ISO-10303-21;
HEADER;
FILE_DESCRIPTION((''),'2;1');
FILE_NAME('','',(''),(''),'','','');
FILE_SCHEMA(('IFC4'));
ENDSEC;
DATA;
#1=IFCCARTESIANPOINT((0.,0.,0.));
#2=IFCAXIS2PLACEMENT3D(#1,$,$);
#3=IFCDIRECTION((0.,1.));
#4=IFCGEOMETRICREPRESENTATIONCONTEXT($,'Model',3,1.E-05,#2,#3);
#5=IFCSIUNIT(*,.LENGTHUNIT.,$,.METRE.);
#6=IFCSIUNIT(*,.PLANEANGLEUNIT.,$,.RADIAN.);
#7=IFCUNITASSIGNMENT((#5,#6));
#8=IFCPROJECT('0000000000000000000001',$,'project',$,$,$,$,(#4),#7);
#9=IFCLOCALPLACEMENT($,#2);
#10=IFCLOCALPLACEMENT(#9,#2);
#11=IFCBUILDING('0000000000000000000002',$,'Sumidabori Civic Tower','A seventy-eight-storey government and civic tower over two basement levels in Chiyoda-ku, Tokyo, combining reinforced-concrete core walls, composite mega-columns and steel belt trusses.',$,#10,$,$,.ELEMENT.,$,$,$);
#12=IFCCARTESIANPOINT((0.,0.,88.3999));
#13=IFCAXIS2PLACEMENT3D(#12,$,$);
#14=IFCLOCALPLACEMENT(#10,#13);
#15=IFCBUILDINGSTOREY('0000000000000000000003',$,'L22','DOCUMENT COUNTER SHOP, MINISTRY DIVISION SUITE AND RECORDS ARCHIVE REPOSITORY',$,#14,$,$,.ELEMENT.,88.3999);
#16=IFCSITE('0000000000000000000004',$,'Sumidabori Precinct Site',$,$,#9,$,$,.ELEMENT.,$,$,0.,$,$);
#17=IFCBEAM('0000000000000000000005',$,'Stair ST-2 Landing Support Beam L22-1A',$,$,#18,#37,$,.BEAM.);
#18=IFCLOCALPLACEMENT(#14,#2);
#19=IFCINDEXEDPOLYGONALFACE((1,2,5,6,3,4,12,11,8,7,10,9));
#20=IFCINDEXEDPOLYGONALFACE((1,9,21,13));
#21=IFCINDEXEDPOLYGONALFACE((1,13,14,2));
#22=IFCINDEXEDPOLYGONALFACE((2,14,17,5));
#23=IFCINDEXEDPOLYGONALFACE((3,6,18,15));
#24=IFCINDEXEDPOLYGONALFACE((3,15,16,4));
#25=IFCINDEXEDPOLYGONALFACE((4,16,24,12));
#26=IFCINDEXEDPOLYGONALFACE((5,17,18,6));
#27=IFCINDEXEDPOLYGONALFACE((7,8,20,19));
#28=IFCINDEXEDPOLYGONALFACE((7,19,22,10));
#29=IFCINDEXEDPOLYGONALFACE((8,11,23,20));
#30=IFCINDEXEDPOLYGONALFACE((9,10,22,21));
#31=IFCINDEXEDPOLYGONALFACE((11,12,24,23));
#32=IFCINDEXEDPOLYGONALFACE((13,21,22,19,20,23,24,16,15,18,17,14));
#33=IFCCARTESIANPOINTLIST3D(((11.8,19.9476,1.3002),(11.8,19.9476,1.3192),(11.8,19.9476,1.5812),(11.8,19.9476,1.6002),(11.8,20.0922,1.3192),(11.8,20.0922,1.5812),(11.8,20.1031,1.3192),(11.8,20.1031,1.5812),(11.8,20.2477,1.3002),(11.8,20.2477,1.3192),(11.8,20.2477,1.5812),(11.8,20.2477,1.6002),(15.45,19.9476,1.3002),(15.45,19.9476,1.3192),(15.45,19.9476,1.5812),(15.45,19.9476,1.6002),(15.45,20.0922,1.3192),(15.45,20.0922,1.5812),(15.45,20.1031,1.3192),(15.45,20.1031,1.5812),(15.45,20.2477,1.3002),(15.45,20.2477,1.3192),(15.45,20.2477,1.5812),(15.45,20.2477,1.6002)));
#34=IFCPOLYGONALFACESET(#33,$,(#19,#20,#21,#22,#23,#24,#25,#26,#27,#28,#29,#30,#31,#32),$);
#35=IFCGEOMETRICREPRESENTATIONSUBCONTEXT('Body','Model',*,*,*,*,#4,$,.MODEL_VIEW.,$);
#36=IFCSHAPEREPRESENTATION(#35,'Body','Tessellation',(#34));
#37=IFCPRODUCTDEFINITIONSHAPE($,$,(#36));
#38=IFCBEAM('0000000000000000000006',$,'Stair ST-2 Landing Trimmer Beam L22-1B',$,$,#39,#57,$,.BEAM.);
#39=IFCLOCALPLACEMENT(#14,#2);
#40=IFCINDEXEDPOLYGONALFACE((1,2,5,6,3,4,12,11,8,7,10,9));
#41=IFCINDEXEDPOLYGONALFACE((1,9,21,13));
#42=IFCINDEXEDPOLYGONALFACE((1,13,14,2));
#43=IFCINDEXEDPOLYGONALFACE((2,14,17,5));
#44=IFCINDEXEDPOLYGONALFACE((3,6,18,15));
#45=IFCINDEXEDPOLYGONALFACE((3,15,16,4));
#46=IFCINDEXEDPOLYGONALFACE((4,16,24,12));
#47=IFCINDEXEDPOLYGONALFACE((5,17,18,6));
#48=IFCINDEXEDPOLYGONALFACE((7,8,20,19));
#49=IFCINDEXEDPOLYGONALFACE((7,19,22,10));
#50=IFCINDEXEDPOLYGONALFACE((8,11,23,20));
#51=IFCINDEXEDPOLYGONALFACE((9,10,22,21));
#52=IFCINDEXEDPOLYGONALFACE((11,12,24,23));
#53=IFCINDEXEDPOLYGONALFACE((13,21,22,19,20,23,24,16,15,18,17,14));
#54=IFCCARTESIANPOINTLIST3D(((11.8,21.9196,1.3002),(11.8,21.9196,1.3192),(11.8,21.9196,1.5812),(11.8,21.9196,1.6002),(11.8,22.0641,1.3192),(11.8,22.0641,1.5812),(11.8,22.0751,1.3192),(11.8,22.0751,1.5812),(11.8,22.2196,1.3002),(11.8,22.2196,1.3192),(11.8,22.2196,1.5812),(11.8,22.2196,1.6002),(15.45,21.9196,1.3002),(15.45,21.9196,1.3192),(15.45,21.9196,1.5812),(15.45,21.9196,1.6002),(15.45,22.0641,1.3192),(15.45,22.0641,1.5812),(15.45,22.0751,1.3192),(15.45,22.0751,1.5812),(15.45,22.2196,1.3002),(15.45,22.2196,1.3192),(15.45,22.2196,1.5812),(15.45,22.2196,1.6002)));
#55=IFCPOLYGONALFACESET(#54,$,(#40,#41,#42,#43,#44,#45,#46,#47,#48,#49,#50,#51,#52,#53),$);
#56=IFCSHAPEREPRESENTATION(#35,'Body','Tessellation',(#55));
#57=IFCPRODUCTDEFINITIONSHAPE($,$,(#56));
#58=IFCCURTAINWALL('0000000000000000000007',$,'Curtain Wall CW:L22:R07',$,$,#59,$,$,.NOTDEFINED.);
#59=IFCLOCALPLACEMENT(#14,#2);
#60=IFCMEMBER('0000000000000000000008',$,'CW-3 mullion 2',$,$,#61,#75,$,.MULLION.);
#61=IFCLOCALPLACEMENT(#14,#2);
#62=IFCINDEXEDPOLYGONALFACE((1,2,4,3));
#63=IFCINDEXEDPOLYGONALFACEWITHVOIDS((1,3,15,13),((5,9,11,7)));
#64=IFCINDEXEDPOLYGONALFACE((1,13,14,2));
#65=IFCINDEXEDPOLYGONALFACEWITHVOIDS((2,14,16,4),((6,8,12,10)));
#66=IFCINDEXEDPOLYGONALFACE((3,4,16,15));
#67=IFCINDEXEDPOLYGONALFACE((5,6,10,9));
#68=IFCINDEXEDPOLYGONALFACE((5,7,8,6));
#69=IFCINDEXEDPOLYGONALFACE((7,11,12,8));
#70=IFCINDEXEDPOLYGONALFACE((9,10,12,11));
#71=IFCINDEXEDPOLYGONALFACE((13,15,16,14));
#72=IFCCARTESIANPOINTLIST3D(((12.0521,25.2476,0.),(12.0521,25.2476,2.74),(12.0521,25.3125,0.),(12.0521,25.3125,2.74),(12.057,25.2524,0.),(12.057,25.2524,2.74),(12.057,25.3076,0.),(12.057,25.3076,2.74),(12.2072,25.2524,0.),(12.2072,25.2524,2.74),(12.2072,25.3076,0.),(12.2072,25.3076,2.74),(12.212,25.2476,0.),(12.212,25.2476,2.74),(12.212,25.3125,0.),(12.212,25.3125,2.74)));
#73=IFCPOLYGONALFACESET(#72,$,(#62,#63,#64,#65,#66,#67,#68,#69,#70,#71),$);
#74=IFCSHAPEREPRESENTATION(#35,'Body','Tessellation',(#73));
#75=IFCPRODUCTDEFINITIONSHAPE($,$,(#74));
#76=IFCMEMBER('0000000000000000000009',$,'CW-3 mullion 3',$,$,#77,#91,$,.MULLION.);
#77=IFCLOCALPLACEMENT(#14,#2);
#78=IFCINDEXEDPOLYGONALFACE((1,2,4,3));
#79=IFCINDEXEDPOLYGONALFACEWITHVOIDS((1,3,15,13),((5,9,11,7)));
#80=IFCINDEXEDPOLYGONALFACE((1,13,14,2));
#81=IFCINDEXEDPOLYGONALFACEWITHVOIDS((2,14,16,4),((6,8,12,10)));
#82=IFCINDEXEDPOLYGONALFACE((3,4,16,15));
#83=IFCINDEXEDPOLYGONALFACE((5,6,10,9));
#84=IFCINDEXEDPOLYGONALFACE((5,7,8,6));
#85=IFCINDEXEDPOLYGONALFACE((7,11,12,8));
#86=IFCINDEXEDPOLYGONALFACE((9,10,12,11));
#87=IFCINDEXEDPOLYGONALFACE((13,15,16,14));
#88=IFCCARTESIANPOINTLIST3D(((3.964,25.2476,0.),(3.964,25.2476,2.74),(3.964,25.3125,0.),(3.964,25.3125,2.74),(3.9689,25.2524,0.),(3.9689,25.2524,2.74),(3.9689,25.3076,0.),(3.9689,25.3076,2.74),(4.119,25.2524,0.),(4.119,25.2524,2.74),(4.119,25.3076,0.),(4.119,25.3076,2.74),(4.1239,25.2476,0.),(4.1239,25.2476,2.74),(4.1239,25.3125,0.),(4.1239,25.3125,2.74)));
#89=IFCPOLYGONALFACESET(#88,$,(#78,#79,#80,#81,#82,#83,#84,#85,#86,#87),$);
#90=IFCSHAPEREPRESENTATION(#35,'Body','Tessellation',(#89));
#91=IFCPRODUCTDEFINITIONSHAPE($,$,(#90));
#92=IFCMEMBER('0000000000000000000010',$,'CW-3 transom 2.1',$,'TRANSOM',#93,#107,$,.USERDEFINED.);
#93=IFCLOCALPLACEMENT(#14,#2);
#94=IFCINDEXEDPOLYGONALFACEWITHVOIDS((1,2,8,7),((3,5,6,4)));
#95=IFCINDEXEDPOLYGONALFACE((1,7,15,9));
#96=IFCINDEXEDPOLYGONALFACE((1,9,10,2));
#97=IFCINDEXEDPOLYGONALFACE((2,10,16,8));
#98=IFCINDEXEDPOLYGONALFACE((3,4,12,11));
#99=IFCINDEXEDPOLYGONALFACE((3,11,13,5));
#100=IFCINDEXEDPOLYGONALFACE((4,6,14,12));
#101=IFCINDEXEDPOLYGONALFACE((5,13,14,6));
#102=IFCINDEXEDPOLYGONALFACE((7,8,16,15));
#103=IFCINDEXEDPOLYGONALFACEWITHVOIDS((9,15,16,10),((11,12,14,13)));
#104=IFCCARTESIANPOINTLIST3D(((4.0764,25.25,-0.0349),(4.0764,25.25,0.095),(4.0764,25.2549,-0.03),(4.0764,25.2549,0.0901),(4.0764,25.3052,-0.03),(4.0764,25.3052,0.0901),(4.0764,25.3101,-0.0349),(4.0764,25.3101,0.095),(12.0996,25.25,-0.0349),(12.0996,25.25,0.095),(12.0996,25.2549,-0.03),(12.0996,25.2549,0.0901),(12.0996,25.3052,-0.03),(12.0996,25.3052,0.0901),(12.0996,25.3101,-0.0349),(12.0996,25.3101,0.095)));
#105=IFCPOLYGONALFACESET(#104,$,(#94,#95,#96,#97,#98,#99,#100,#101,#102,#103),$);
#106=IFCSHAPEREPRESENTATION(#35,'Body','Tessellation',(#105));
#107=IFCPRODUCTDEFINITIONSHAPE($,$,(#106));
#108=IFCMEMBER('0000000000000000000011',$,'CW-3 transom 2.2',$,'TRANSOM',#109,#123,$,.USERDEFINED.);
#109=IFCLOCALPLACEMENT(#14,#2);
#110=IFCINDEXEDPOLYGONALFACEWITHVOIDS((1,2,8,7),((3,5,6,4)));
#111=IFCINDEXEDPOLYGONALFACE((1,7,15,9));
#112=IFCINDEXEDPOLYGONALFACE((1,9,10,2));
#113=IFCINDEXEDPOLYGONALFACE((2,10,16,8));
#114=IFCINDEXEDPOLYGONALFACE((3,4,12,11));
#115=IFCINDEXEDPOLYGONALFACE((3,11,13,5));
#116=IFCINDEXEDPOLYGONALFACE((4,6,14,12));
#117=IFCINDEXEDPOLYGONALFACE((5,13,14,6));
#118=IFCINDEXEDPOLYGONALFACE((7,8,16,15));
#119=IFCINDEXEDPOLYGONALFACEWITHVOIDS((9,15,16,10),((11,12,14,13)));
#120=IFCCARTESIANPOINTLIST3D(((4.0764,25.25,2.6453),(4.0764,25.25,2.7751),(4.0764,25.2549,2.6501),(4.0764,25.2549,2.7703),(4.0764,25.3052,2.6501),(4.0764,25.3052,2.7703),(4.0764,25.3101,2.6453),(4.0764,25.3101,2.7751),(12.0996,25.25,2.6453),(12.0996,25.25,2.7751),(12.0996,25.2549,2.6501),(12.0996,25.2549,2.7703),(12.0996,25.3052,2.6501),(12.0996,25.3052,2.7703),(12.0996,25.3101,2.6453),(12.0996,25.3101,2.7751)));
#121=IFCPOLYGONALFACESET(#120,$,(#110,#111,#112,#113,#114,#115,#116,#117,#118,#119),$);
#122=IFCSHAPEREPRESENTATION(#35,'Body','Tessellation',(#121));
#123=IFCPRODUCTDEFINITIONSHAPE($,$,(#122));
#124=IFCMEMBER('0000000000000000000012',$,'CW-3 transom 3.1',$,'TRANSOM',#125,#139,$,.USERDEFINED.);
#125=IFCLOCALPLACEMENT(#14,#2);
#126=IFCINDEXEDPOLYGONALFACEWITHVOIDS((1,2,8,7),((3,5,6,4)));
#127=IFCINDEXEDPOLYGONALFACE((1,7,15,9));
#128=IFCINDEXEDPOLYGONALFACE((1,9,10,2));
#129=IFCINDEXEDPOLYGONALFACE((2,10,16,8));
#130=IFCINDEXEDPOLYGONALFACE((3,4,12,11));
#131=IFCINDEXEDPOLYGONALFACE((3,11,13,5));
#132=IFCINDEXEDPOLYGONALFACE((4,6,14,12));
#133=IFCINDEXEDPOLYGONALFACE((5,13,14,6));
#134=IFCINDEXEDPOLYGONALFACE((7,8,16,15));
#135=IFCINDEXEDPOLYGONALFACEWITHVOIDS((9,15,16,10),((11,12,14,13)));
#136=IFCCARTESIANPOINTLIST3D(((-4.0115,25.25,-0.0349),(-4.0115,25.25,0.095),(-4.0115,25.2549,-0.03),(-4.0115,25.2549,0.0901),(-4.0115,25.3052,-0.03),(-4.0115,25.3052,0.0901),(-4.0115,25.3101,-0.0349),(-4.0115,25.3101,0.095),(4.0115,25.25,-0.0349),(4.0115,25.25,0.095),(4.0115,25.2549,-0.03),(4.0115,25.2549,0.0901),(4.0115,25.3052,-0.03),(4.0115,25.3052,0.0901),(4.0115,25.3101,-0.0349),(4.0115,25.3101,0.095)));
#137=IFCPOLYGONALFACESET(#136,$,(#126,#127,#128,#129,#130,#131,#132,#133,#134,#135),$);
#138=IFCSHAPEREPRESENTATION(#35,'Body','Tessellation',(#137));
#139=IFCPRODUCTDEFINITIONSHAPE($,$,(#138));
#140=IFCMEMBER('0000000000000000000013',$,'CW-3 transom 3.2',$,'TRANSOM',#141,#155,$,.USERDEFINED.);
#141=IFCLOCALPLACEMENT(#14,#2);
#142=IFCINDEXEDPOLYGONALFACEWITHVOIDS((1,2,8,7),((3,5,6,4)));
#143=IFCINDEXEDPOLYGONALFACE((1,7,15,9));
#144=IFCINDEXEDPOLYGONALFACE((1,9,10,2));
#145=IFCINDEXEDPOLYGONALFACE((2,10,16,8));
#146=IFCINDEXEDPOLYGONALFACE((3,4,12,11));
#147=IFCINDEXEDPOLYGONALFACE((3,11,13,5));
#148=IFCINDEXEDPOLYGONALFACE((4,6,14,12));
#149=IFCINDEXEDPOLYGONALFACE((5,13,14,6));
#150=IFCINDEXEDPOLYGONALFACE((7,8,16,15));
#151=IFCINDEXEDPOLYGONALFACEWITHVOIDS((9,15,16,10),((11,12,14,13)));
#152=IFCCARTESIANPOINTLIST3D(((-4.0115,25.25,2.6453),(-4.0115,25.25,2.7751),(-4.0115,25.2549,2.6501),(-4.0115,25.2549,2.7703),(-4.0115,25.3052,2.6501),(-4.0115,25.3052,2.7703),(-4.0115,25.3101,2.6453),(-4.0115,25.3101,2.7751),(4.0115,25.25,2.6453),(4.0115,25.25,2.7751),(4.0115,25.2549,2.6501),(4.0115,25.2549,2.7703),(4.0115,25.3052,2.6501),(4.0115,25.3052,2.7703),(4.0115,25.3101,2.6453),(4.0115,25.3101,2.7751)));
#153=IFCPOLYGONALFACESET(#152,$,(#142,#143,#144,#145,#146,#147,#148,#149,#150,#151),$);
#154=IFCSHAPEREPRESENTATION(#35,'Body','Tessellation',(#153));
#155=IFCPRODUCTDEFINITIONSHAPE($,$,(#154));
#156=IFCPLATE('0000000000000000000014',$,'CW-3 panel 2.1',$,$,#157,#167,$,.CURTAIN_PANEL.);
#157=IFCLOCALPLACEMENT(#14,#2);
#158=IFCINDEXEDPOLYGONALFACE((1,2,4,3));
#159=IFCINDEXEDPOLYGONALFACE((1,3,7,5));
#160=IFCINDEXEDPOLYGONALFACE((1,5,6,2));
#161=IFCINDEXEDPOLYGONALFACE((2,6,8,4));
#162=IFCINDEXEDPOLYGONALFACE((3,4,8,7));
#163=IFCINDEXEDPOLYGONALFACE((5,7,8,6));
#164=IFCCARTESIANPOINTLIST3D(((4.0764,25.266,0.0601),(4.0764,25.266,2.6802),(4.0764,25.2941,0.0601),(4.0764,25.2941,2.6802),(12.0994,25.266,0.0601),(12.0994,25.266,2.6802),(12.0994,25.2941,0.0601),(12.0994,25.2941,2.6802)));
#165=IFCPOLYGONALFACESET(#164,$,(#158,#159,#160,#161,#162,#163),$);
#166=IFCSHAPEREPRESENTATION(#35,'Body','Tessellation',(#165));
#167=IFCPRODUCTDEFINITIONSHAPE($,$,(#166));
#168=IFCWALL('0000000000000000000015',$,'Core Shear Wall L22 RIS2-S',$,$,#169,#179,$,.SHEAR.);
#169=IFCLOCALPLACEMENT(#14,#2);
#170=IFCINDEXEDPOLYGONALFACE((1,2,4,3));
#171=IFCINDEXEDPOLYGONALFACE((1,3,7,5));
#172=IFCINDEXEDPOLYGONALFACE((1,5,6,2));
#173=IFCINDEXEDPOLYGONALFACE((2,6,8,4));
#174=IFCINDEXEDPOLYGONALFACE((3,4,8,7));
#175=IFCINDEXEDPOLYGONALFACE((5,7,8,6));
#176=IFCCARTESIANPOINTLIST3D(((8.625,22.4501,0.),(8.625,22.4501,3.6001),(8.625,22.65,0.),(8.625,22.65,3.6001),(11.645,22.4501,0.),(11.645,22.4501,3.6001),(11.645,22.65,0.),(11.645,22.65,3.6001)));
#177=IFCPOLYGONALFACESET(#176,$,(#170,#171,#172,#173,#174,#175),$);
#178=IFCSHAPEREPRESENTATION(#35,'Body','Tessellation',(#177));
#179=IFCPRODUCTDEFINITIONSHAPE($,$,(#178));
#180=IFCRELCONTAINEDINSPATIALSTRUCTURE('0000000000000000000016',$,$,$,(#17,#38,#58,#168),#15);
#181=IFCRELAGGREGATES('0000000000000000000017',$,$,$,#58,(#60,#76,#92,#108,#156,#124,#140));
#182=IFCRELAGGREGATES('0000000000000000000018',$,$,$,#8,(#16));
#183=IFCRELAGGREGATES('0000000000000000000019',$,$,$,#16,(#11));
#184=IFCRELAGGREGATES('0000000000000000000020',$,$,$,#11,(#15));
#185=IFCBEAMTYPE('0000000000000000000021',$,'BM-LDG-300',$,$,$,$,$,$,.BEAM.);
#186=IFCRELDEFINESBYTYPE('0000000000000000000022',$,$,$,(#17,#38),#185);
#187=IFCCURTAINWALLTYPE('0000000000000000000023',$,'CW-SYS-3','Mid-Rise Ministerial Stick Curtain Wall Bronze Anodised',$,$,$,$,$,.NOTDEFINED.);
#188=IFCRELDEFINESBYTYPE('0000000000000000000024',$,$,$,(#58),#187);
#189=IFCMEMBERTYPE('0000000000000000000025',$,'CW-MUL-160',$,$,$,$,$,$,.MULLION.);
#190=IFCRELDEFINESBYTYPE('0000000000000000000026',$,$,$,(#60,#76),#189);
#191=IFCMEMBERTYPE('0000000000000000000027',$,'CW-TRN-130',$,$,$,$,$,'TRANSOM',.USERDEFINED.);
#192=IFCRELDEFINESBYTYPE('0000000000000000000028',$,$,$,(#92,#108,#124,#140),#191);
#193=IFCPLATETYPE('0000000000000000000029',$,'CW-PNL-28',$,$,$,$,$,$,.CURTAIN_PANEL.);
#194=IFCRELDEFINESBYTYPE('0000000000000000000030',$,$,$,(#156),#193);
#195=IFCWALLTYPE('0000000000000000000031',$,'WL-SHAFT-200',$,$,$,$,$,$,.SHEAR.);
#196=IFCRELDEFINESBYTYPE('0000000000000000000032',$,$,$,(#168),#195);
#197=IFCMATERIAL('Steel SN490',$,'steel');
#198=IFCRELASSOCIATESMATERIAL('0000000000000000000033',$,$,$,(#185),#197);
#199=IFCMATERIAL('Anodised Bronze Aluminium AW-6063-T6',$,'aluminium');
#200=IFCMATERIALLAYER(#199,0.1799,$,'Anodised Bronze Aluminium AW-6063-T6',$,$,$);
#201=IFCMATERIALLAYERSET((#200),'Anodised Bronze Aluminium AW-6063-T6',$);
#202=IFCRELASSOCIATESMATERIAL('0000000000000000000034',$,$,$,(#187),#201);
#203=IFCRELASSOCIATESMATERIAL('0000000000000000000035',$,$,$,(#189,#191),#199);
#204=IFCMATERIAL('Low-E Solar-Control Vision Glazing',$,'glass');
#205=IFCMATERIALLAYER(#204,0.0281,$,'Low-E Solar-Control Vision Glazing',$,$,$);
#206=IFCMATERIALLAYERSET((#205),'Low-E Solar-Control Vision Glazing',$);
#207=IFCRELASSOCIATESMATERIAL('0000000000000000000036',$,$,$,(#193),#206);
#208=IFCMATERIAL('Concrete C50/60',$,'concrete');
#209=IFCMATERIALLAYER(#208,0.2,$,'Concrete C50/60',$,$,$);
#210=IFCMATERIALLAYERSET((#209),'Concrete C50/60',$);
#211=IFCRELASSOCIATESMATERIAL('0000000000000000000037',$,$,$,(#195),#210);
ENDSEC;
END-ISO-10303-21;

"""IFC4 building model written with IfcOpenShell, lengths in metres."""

from ifc_helpers import new_model, si_unit, direction, frame, frame_2d, origin, origin_2d, place, context, subcontext, project, spatial, rectangle, hollow_rectangle, i_section, extrude, source, transform, mapped, material, layer, layer_set, material_profile, profile_set, type_object, element, aggregate, save


model = new_model("IFC4")

# Units and contexts
model_context = context("Model", 3, precision=1e-05, world=origin(), true_north=direction((0.0, 1.0)))
body_context = subcontext(model_context, "Body", "Model", "MODEL_VIEW")
ifc_project = project(units=[si_unit("LENGTHUNIT", "METRE"), si_unit("PLANEANGLEUNIT", "RADIAN")], contexts=[model_context])

# Site, building, storey
site_placement = place(None, origin())
site = spatial("IfcSite", under=ifc_project, at=site_placement, Name="Sumidabori Precinct Site", CompositionType="ELEMENT", RefElevation=0.0)
building_placement = place(site_placement, origin())
building = spatial("IfcBuilding", under=site, at=building_placement, Name="Sumidabori Civic Tower", Description="A seventy-eight-storey government and civic tower over two basement levels in Chiyoda-ku, Tokyo, combining reinforced-concrete core walls, composite mega-columns and steel belt trusses.", CompositionType="ELEMENT")
storey_placement = place(building_placement, frame((0.0, 0.0, 88.3999)))
storey = spatial("IfcBuildingStorey", under=building, at=storey_placement, Name="L22", Description="DOCUMENT COUNTER SHOP, MINISTRY DIVISION SUITE AND RECORDS ARCHIVE REPOSITORY", CompositionType="ELEMENT", Elevation=88.3999)

# Beams
ifc_material_1 = material(Name="Steel SN490", Category="steel")
ifc_material_profile_1 = material_profile(ifc_material_1, i_section(OverallWidth=0.3, OverallDepth=0.3, WebThickness=0.011, FlangeThickness=0.019, at=origin_2d()), Name="HE 300 B")
ifc_profile_set_1 = profile_set([ifc_material_profile_1], Name="Steel SN490")
beam_type = type_object("IfcBeamType", Name="BM-LDG-300", PredefinedType="BEAM", material=ifc_profile_set_1)
shared_shape_1 = source(origin(), body_context, "Body", "SweptSolid", [
    extrude(i_section(OverallWidth=0.3, OverallDepth=0.3, WebThickness=0.011, FlangeThickness=0.019, at=origin_2d()), origin(), (0.0, 0.0, 1.0), 3.6499),
])
for number, where, z_axis, x_axis, name in (
    (1, (11.8, 20.0977, 1.4502), (1.0, 0.0, 0.0), (0.0, 1.0, 0.0), "Stair ST-2 Landing Support Beam L22-1A"),
    (2, (11.8, 22.0696, 1.4502), (1.0, 0.0, 0.0), (0.0, 1.0, 0.0), "Stair ST-2 Landing Trimmer Beam L22-1B"),
):
    element("IfcBeam", number, at=place(storey_placement, frame(where, z_axis=z_axis, x_axis=x_axis)), inside=storey, type_object=beam_type, Name=name, PredefinedType="BEAM", context=body_context, shape_type="MappedRepresentation", body=[
        mapped(shared_shape_1, transform((0.0, 0.0, 0.0), x_axis=(1.0, 0.0, 0.0), y_axis=(0.0, 1.0, 0.0), z_axis=(0.0, 0.0, 1.0), scale=1.0)),
    ])

# Curtain wall, members, plate
ifc_material_2 = material(Name="Anodised Bronze Aluminium AW-6063-T6", Category="aluminium")
ifc_layer_1 = layer(ifc_material_2, 0.1799, Name="Anodised Bronze Aluminium AW-6063-T6")
ifc_layer_set_1 = layer_set([ifc_layer_1], Name="Anodised Bronze Aluminium AW-6063-T6")
curtain_wall_type = type_object("IfcCurtainWallType", Name="CW-SYS-3", Description="Mid-Rise Ministerial Stick Curtain Wall Bronze Anodised", PredefinedType="NOTDEFINED", material=ifc_layer_set_1)
curtain_wall_placement = place(storey_placement, origin())
curtain_wall = element("IfcCurtainWall", 3, at=curtain_wall_placement, inside=storey, type_object=curtain_wall_type, Name="Curtain Wall CW:L22:R07", PredefinedType="NOTDEFINED")
ifc_material_profile_2 = material_profile(ifc_material_2, hollow_rectangle(XDim=0.0649, YDim=0.1599, WallThickness=0.0049, at=origin_2d()), Name="ALU MULLION 160x65")
ifc_profile_set_2 = profile_set([ifc_material_profile_2], Name="Anodised Bronze Aluminium AW-6063-T6")
member_type_1 = type_object("IfcMemberType", Name="CW-MUL-160", PredefinedType="MULLION", material=ifc_profile_set_2)
shared_shape_2 = source(origin(), body_context, "Body", "SweptSolid", [
    extrude(hollow_rectangle(XDim=0.0649, YDim=0.1599, WallThickness=0.0049, at=origin_2d()), origin(), (0.0, 0.0, 1.0), 2.74),
])
member_1_placement = place(storey_placement, frame((12.1321, 25.28, 0.0), z_axis=(0.0, 0.0, 1.0), x_axis=(0.0, -1.0, 0.0)))
member_1 = element("IfcMember", 4, at=member_1_placement, type_object=member_type_1, Name="CW-3 mullion 2", PredefinedType="MULLION", context=body_context, shape_type="MappedRepresentation", body=[
    mapped(shared_shape_2, transform((0.0, 0.0, 0.0), x_axis=(1.0, 0.0, 0.0), y_axis=(0.0, 1.0, 0.0), z_axis=(0.0, 0.0, 1.0), scale=1.0)),
])
member_2_placement = place(storey_placement, frame((4.0439, 25.28, 0.0), z_axis=(0.0, 0.0, 1.0), x_axis=(0.0, -1.0, 0.0)))
member_2 = element("IfcMember", 5, at=member_2_placement, type_object=member_type_1, Name="CW-3 mullion 3", PredefinedType="MULLION", context=body_context, shape_type="MappedRepresentation", body=[
    mapped(shared_shape_2, transform((0.0, 0.0, 0.0), x_axis=(1.0, 0.0, 0.0), y_axis=(0.0, 1.0, 0.0), z_axis=(0.0, 0.0, 1.0), scale=1.0)),
])
ifc_material_profile_3 = material_profile(ifc_material_2, hollow_rectangle(XDim=0.0601, YDim=0.1299, WallThickness=0.0049, at=origin_2d()), Name="ALU TRANSOM 130x60")
ifc_profile_set_3 = profile_set([ifc_material_profile_3], Name="Anodised Bronze Aluminium AW-6063-T6")
member_type_2 = type_object("IfcMemberType", Name="CW-TRN-130", ElementType="TRANSOM", PredefinedType="USERDEFINED", material=ifc_profile_set_3)
shared_shape_3 = source(origin(), body_context, "Body", "SweptSolid", [
    extrude(hollow_rectangle(XDim=0.0601, YDim=0.1299, WallThickness=0.0049, at=origin_2d()), origin(), (0.0, 0.0, 1.0), 8.0232),
])
member_3_placement = place(storey_placement, frame((12.0996, 25.28, 0.03), z_axis=(-1.0, 0.0, 0.0), x_axis=(0.0, -1.0, 0.0)))
member_3 = element("IfcMember", 6, at=member_3_placement, type_object=member_type_2, Name="CW-3 transom 2.1", ObjectType="TRANSOM", PredefinedType="USERDEFINED", context=body_context, shape_type="MappedRepresentation", body=[
    mapped(shared_shape_3, transform((0.0, 0.0, 0.0), x_axis=(1.0, 0.0, 0.0), y_axis=(0.0, 1.0, 0.0), z_axis=(0.0, 0.0, 1.0), scale=1.0)),
])
member_4_placement = place(storey_placement, frame((12.0996, 25.28, 2.7102), z_axis=(-1.0, 0.0, 0.0), x_axis=(0.0, -1.0, 0.0)))
member_4 = element("IfcMember", 7, at=member_4_placement, type_object=member_type_2, Name="CW-3 transom 2.2", ObjectType="TRANSOM", PredefinedType="USERDEFINED", context=body_context, shape_type="MappedRepresentation", body=[
    mapped(shared_shape_3, transform((0.0, 0.0, 0.0), x_axis=(1.0, 0.0, 0.0), y_axis=(0.0, 1.0, 0.0), z_axis=(0.0, 0.0, 1.0), scale=1.0)),
])
shared_shape_4 = source(origin(), body_context, "Body", "SweptSolid", [
    extrude(hollow_rectangle(XDim=0.0601, YDim=0.1299, WallThickness=0.0049, at=origin_2d()), origin(), (0.0, 0.0, 1.0), 8.0229),
])
member_5_placement = place(storey_placement, frame((4.0115, 25.28, 0.03), z_axis=(-1.0, 0.0, 0.0), x_axis=(0.0, -1.0, 0.0)))
member_5 = element("IfcMember", 8, at=member_5_placement, type_object=member_type_2, Name="CW-3 transom 3.1", ObjectType="TRANSOM", PredefinedType="USERDEFINED", context=body_context, shape_type="MappedRepresentation", body=[
    mapped(shared_shape_4, transform((0.0, 0.0, 0.0), x_axis=(1.0, 0.0, 0.0), y_axis=(0.0, 1.0, 0.0), z_axis=(0.0, 0.0, 1.0), scale=1.0)),
])
member_6_placement = place(storey_placement, frame((4.0115, 25.28, 2.7102), z_axis=(-1.0, 0.0, 0.0), x_axis=(0.0, -1.0, 0.0)))
member_6 = element("IfcMember", 9, at=member_6_placement, type_object=member_type_2, Name="CW-3 transom 3.2", ObjectType="TRANSOM", PredefinedType="USERDEFINED", context=body_context, shape_type="MappedRepresentation", body=[
    mapped(shared_shape_4, transform((0.0, 0.0, 0.0), x_axis=(1.0, 0.0, 0.0), y_axis=(0.0, 1.0, 0.0), z_axis=(0.0, 0.0, 1.0), scale=1.0)),
])
ifc_material_3 = material(Name="Low-E Solar-Control Vision Glazing", Category="glass")
ifc_layer_2 = layer(ifc_material_3, 0.0281, Name="Low-E Solar-Control Vision Glazing")
ifc_layer_set_2 = layer_set([ifc_layer_2], Name="Low-E Solar-Control Vision Glazing")
plate_type = type_object("IfcPlateType", Name="CW-PNL-28", PredefinedType="CURTAIN_PANEL", material=ifc_layer_set_2)
shared_shape_5 = source(origin(), body_context, "Body", "SweptSolid", [
    extrude(rectangle(XDim=8.0229, YDim=0.0281, at=origin_2d()), origin(), (0.0, 0.0, 1.0), 2.6201),
])
plate_placement = place(storey_placement, frame((8.0879, 25.28, 0.0601), z_axis=(0.0, 0.0, 1.0), x_axis=(-1.0, 0.0, 0.0)))
plate = element("IfcPlate", 10, at=plate_placement, type_object=plate_type, Name="CW-3 panel 2.1", PredefinedType="CURTAIN_PANEL", context=body_context, shape_type="MappedRepresentation", body=[
    mapped(shared_shape_5, transform((0.0, 0.0, 0.0), x_axis=(1.0, 0.0, 0.0), y_axis=(0.0, 1.0, 0.0), z_axis=(0.0, 0.0, 1.0), scale=1.0)),
])
aggregate(curtain_wall, [member_1, member_2, member_3, member_4, plate, member_5, member_6])

# Wall
ifc_material_4 = material(Name="Concrete C50/60", Category="concrete")
ifc_layer_3 = layer(ifc_material_4, 0.2, Name="Concrete C50/60")
ifc_layer_set_3 = layer_set([ifc_layer_3], Name="Concrete C50/60")
wall_type_1 = type_object("IfcWallType", Name="WL-SHAFT-200", PredefinedType="SHEAR", material=ifc_layer_set_3)
shared_shape_6 = source(origin(), body_context, "Body", "SweptSolid", [
    extrude(rectangle(XDim=3.02, YDim=0.2, at=frame_2d((1.51, 0.0))), origin(), (0.0, 0.0, 1.0), 3.6001),
])
wall_1_placement = place(storey_placement, frame((8.625, 22.55, 0.0), z_axis=(0.0, 0.0, 1.0), x_axis=(1.0, 0.0, 0.0)))
element("IfcWall", 11, at=wall_1_placement, inside=storey, type_object=wall_type_1, Name="Core Shear Wall L22 RIS2-S", PredefinedType="SHEAR", context=body_context, shape_type="MappedRepresentation", body=[
    mapped(shared_shape_6, transform((0.0, 0.0, 0.0), x_axis=(1.0, 0.0, 0.0), y_axis=(0.0, 1.0, 0.0), z_axis=(0.0, 0.0, 1.0), scale=1.0)),
])

save(model, "model.ifc")
